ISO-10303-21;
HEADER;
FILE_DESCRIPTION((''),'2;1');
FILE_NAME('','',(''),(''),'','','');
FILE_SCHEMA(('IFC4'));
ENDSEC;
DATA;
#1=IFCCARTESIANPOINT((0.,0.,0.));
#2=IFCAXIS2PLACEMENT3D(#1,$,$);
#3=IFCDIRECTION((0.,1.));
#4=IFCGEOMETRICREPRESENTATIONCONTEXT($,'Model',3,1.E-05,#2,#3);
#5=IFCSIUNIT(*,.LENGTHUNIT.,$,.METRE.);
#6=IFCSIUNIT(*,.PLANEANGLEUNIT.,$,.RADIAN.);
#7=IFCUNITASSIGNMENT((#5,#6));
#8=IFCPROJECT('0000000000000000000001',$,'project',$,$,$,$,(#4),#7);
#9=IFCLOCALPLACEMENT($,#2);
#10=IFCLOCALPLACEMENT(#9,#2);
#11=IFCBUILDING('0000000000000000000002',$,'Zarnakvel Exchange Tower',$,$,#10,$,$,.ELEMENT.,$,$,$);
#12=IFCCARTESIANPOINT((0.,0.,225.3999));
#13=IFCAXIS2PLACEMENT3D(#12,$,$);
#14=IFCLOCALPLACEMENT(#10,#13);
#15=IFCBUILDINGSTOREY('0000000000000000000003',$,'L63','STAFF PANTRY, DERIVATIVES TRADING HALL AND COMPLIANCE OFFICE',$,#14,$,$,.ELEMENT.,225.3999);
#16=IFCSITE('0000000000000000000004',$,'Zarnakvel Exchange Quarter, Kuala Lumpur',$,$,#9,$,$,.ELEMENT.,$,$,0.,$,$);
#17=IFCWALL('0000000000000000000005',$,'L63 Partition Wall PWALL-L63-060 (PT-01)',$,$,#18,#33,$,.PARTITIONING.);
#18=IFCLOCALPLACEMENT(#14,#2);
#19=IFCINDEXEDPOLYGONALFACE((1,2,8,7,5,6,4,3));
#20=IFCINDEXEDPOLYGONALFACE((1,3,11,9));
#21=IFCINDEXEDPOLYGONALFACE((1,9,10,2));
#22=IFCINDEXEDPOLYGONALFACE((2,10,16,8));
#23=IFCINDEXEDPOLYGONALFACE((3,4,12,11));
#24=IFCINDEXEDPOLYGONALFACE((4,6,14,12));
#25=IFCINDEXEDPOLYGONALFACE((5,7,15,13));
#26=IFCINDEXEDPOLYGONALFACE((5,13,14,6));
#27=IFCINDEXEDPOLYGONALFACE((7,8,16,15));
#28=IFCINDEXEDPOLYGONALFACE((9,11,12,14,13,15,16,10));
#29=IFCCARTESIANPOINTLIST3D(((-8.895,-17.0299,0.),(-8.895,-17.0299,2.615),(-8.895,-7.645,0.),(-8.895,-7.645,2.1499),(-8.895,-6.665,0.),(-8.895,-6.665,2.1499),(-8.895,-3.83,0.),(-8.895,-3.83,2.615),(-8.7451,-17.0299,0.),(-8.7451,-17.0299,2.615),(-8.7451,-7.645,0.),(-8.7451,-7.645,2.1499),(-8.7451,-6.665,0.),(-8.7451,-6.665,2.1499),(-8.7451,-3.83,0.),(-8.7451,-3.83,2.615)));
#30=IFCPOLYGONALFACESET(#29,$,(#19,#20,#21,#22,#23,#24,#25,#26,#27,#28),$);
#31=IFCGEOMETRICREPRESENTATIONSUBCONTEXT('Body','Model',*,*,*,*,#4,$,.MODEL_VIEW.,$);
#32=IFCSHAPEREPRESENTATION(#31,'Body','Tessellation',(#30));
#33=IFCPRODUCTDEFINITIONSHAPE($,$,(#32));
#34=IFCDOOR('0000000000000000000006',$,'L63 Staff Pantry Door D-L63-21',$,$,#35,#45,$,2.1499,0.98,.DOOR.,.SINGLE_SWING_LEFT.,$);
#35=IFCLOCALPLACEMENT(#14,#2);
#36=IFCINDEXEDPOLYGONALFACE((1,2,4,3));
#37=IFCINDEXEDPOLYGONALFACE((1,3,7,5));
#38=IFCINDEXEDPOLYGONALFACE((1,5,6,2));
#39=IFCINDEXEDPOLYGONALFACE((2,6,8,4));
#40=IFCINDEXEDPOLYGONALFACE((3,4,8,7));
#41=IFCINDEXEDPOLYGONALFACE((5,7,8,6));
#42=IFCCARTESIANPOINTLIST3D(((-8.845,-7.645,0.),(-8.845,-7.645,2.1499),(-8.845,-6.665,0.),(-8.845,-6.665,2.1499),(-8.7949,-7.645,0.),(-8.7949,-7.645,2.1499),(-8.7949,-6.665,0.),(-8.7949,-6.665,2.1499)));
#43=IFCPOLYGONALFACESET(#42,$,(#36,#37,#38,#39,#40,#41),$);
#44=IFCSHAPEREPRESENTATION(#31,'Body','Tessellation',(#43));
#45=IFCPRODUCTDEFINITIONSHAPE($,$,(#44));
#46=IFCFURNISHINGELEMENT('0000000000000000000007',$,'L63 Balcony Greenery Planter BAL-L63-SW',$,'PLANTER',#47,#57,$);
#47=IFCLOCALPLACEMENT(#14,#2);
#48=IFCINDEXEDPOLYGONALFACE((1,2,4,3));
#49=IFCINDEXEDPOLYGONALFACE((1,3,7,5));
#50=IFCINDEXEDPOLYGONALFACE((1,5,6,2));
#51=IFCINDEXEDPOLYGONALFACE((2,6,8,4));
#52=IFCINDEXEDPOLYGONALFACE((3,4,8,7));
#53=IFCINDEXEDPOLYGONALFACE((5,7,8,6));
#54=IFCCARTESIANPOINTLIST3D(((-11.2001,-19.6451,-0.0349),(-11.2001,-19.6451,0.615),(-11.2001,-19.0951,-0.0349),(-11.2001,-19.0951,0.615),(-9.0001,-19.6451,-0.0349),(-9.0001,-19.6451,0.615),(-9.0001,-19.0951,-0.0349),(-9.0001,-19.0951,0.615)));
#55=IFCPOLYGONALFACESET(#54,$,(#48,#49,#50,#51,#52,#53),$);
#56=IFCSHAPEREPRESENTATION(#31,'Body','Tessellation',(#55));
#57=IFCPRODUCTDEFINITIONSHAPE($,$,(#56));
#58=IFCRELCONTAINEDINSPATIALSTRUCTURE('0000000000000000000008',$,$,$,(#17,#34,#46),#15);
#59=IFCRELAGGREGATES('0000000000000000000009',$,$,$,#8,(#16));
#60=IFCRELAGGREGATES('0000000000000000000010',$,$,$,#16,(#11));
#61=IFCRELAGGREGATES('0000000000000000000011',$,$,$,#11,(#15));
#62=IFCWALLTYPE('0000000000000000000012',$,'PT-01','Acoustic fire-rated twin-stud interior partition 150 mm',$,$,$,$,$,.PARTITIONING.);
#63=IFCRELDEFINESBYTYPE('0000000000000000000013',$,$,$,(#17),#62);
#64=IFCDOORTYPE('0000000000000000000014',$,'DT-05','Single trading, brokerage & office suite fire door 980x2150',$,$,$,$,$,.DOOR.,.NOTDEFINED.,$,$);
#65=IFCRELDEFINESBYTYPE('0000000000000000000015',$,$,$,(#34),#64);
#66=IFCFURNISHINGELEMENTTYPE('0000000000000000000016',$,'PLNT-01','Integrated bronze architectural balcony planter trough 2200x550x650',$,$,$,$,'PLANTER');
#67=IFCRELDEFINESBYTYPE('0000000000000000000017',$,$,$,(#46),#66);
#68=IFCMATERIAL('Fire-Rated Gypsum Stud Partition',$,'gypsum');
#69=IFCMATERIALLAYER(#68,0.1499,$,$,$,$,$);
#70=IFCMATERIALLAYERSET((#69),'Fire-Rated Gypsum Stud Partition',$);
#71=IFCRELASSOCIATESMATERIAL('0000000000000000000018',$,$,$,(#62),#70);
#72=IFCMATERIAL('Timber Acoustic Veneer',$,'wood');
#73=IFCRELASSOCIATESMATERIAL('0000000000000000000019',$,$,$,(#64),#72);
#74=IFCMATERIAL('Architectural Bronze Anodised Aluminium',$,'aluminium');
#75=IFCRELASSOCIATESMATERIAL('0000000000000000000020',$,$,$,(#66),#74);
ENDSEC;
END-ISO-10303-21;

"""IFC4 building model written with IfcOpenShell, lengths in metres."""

from ifc_helpers import new_model, si_unit, direction, frame, frame_2d, origin, origin_2d, place, context, subcontext, project, spatial, rectangle, extrude, source, transform, mapped, material, layer, layer_set, type_object, element, fill, save


model = new_model("IFC4")

# Units and contexts
model_context = context("Model", 3, precision=1e-05, world=origin(), true_north=direction((0.0, 1.0)))
body_context = subcontext(model_context, "Body", "Model", "MODEL_VIEW")
ifc_project = project(units=[si_unit("LENGTHUNIT", "METRE"), si_unit("PLANEANGLEUNIT", "RADIAN")], contexts=[model_context])

# Site, building, storey
site_placement = place(None, origin())
site = spatial("IfcSite", under=ifc_project, at=site_placement, Name="Zarnakvel Exchange Quarter, Kuala Lumpur", CompositionType="ELEMENT", RefElevation=0.0)
building_placement = place(site_placement, origin())
building = spatial("IfcBuilding", under=site, at=building_placement, Name="Zarnakvel Exchange Tower", CompositionType="ELEMENT")
storey_placement = place(building_placement, frame((0.0, 0.0, 225.3999)))
storey = spatial("IfcBuildingStorey", under=building, at=storey_placement, Name="L63", Description="STAFF PANTRY, DERIVATIVES TRADING HALL AND COMPLIANCE OFFICE", CompositionType="ELEMENT", Elevation=225.3999)

# Shared definitions
ifc_material_1 = material(Name="Architectural Bronze Anodised Aluminium", Category="aluminium")

# Wall, opening, door
ifc_material_2 = material(Name="Fire-Rated Gypsum Stud Partition", Category="gypsum")
ifc_layer_1 = layer(ifc_material_2, 0.1499)
ifc_layer_set_1 = layer_set([ifc_layer_1], Name="Fire-Rated Gypsum Stud Partition")
wall_type_1 = type_object("IfcWallType", Name="PT-01", Description="Acoustic fire-rated twin-stud interior partition 150 mm", PredefinedType="PARTITIONING", material=ifc_layer_set_1)
wall_1_placement = place(storey_placement, frame((-8.8201, -17.03, 0.0), z_axis=(0.0, 0.0, 1.0), x_axis=(0.0, 1.0, 0.0)))
wall_1 = element("IfcWall", 1, at=wall_1_placement, inside=storey, type_object=wall_type_1, Name="L63 Partition Wall PWALL-L63-060 (PT-01)", PredefinedType="PARTITIONING", context=body_context, shape_type="SweptSolid", body=[
    extrude(rectangle(XDim=13.2, YDim=0.1499, at=frame_2d((6.6001, 0.0))), origin(), (0.0, 0.0, 1.0), 2.615),
])
opening_1_placement = place(wall_1_placement, frame((9.385, 0.0, 0.0)))
opening_1 = element("IfcOpeningElement", 2, at=opening_1_placement, cuts=wall_1, PredefinedType="OPENING", context=body_context, shape_type="SweptSolid", body=[
    extrude(rectangle(XDim=0.98, YDim=2.1499, at=frame_2d((0.49, 1.075))), frame((0.0, 0.085, 0.0), z_axis=(0.0, -1.0, 0.0), x_axis=(1.0, 0.0, 0.0)), (0.0, 0.0, 1.0), 0.1699),
])
ifc_material_3 = material(Name="Timber Acoustic Veneer", Category="wood")
door_type_1 = type_object("IfcDoorType", Name="DT-05", Description="Single trading, brokerage & office suite fire door 980x2150", OperationType="NOTDEFINED", PredefinedType="DOOR", material=ifc_material_3)
shared_shape_1 = source(origin(), body_context, "Body", "SweptSolid", [
    extrude(rectangle(XDim=0.98, YDim=2.1499, at=frame_2d((0.49, 1.075))), frame((0.0, 0.0249, 0.0), z_axis=(0.0, -1.0, 0.0), x_axis=(1.0, 0.0, 0.0)), (0.0, 0.0, 1.0), 0.05),
])
door_1_placement = place(opening_1_placement, origin())
door_1 = element("IfcDoor", 3, at=door_1_placement, inside=storey, type_object=door_type_1, Name="L63 Staff Pantry Door D-L63-21", OperationType="SINGLE_SWING_LEFT", OverallHeight=2.1499, OverallWidth=0.98, PredefinedType="DOOR", context=body_context, shape_type="MappedRepresentation", body=[
    mapped(shared_shape_1, transform((0.0, 0.0, 0.0), x_axis=(1.0, 0.0, 0.0), y_axis=(0.0, 1.0, 0.0), z_axis=(0.0, 0.0, 1.0), scale=1.0)),
])
fill(opening_1, door_1)

# Furnishing element
furnishing_element_type = type_object("IfcFurnishingElementType", Name="PLNT-01", Description="Integrated bronze architectural balcony planter trough 2200x550x650", ElementType="PLANTER", material=ifc_material_1)
shared_shape_2 = source(origin(), body_context, "Body", "SweptSolid", [
    extrude(rectangle(XDim=2.2, YDim=0.55, at=origin_2d()), origin(), (0.0, 0.0, 1.0), 0.6499),
])
furnishing_placement = place(storey_placement, frame((-10.1001, -19.3701, -0.0349), z_axis=(0.0, 0.0, 1.0), x_axis=(1.0, 0.0, 0.0)))
element("IfcFurnishingElement", 4, at=furnishing_placement, inside=storey, type_object=furnishing_element_type, Name="L63 Balcony Greenery Planter BAL-L63-SW", ObjectType="PLANTER", context=body_context, shape_type="MappedRepresentation", body=[
    mapped(shared_shape_2, transform((0.0, 0.0, 0.0), x_axis=(1.0, 0.0, 0.0), y_axis=(0.0, 1.0, 0.0), z_axis=(0.0, 0.0, 1.0), scale=1.0)),
])

save(model, "model.ifc")
